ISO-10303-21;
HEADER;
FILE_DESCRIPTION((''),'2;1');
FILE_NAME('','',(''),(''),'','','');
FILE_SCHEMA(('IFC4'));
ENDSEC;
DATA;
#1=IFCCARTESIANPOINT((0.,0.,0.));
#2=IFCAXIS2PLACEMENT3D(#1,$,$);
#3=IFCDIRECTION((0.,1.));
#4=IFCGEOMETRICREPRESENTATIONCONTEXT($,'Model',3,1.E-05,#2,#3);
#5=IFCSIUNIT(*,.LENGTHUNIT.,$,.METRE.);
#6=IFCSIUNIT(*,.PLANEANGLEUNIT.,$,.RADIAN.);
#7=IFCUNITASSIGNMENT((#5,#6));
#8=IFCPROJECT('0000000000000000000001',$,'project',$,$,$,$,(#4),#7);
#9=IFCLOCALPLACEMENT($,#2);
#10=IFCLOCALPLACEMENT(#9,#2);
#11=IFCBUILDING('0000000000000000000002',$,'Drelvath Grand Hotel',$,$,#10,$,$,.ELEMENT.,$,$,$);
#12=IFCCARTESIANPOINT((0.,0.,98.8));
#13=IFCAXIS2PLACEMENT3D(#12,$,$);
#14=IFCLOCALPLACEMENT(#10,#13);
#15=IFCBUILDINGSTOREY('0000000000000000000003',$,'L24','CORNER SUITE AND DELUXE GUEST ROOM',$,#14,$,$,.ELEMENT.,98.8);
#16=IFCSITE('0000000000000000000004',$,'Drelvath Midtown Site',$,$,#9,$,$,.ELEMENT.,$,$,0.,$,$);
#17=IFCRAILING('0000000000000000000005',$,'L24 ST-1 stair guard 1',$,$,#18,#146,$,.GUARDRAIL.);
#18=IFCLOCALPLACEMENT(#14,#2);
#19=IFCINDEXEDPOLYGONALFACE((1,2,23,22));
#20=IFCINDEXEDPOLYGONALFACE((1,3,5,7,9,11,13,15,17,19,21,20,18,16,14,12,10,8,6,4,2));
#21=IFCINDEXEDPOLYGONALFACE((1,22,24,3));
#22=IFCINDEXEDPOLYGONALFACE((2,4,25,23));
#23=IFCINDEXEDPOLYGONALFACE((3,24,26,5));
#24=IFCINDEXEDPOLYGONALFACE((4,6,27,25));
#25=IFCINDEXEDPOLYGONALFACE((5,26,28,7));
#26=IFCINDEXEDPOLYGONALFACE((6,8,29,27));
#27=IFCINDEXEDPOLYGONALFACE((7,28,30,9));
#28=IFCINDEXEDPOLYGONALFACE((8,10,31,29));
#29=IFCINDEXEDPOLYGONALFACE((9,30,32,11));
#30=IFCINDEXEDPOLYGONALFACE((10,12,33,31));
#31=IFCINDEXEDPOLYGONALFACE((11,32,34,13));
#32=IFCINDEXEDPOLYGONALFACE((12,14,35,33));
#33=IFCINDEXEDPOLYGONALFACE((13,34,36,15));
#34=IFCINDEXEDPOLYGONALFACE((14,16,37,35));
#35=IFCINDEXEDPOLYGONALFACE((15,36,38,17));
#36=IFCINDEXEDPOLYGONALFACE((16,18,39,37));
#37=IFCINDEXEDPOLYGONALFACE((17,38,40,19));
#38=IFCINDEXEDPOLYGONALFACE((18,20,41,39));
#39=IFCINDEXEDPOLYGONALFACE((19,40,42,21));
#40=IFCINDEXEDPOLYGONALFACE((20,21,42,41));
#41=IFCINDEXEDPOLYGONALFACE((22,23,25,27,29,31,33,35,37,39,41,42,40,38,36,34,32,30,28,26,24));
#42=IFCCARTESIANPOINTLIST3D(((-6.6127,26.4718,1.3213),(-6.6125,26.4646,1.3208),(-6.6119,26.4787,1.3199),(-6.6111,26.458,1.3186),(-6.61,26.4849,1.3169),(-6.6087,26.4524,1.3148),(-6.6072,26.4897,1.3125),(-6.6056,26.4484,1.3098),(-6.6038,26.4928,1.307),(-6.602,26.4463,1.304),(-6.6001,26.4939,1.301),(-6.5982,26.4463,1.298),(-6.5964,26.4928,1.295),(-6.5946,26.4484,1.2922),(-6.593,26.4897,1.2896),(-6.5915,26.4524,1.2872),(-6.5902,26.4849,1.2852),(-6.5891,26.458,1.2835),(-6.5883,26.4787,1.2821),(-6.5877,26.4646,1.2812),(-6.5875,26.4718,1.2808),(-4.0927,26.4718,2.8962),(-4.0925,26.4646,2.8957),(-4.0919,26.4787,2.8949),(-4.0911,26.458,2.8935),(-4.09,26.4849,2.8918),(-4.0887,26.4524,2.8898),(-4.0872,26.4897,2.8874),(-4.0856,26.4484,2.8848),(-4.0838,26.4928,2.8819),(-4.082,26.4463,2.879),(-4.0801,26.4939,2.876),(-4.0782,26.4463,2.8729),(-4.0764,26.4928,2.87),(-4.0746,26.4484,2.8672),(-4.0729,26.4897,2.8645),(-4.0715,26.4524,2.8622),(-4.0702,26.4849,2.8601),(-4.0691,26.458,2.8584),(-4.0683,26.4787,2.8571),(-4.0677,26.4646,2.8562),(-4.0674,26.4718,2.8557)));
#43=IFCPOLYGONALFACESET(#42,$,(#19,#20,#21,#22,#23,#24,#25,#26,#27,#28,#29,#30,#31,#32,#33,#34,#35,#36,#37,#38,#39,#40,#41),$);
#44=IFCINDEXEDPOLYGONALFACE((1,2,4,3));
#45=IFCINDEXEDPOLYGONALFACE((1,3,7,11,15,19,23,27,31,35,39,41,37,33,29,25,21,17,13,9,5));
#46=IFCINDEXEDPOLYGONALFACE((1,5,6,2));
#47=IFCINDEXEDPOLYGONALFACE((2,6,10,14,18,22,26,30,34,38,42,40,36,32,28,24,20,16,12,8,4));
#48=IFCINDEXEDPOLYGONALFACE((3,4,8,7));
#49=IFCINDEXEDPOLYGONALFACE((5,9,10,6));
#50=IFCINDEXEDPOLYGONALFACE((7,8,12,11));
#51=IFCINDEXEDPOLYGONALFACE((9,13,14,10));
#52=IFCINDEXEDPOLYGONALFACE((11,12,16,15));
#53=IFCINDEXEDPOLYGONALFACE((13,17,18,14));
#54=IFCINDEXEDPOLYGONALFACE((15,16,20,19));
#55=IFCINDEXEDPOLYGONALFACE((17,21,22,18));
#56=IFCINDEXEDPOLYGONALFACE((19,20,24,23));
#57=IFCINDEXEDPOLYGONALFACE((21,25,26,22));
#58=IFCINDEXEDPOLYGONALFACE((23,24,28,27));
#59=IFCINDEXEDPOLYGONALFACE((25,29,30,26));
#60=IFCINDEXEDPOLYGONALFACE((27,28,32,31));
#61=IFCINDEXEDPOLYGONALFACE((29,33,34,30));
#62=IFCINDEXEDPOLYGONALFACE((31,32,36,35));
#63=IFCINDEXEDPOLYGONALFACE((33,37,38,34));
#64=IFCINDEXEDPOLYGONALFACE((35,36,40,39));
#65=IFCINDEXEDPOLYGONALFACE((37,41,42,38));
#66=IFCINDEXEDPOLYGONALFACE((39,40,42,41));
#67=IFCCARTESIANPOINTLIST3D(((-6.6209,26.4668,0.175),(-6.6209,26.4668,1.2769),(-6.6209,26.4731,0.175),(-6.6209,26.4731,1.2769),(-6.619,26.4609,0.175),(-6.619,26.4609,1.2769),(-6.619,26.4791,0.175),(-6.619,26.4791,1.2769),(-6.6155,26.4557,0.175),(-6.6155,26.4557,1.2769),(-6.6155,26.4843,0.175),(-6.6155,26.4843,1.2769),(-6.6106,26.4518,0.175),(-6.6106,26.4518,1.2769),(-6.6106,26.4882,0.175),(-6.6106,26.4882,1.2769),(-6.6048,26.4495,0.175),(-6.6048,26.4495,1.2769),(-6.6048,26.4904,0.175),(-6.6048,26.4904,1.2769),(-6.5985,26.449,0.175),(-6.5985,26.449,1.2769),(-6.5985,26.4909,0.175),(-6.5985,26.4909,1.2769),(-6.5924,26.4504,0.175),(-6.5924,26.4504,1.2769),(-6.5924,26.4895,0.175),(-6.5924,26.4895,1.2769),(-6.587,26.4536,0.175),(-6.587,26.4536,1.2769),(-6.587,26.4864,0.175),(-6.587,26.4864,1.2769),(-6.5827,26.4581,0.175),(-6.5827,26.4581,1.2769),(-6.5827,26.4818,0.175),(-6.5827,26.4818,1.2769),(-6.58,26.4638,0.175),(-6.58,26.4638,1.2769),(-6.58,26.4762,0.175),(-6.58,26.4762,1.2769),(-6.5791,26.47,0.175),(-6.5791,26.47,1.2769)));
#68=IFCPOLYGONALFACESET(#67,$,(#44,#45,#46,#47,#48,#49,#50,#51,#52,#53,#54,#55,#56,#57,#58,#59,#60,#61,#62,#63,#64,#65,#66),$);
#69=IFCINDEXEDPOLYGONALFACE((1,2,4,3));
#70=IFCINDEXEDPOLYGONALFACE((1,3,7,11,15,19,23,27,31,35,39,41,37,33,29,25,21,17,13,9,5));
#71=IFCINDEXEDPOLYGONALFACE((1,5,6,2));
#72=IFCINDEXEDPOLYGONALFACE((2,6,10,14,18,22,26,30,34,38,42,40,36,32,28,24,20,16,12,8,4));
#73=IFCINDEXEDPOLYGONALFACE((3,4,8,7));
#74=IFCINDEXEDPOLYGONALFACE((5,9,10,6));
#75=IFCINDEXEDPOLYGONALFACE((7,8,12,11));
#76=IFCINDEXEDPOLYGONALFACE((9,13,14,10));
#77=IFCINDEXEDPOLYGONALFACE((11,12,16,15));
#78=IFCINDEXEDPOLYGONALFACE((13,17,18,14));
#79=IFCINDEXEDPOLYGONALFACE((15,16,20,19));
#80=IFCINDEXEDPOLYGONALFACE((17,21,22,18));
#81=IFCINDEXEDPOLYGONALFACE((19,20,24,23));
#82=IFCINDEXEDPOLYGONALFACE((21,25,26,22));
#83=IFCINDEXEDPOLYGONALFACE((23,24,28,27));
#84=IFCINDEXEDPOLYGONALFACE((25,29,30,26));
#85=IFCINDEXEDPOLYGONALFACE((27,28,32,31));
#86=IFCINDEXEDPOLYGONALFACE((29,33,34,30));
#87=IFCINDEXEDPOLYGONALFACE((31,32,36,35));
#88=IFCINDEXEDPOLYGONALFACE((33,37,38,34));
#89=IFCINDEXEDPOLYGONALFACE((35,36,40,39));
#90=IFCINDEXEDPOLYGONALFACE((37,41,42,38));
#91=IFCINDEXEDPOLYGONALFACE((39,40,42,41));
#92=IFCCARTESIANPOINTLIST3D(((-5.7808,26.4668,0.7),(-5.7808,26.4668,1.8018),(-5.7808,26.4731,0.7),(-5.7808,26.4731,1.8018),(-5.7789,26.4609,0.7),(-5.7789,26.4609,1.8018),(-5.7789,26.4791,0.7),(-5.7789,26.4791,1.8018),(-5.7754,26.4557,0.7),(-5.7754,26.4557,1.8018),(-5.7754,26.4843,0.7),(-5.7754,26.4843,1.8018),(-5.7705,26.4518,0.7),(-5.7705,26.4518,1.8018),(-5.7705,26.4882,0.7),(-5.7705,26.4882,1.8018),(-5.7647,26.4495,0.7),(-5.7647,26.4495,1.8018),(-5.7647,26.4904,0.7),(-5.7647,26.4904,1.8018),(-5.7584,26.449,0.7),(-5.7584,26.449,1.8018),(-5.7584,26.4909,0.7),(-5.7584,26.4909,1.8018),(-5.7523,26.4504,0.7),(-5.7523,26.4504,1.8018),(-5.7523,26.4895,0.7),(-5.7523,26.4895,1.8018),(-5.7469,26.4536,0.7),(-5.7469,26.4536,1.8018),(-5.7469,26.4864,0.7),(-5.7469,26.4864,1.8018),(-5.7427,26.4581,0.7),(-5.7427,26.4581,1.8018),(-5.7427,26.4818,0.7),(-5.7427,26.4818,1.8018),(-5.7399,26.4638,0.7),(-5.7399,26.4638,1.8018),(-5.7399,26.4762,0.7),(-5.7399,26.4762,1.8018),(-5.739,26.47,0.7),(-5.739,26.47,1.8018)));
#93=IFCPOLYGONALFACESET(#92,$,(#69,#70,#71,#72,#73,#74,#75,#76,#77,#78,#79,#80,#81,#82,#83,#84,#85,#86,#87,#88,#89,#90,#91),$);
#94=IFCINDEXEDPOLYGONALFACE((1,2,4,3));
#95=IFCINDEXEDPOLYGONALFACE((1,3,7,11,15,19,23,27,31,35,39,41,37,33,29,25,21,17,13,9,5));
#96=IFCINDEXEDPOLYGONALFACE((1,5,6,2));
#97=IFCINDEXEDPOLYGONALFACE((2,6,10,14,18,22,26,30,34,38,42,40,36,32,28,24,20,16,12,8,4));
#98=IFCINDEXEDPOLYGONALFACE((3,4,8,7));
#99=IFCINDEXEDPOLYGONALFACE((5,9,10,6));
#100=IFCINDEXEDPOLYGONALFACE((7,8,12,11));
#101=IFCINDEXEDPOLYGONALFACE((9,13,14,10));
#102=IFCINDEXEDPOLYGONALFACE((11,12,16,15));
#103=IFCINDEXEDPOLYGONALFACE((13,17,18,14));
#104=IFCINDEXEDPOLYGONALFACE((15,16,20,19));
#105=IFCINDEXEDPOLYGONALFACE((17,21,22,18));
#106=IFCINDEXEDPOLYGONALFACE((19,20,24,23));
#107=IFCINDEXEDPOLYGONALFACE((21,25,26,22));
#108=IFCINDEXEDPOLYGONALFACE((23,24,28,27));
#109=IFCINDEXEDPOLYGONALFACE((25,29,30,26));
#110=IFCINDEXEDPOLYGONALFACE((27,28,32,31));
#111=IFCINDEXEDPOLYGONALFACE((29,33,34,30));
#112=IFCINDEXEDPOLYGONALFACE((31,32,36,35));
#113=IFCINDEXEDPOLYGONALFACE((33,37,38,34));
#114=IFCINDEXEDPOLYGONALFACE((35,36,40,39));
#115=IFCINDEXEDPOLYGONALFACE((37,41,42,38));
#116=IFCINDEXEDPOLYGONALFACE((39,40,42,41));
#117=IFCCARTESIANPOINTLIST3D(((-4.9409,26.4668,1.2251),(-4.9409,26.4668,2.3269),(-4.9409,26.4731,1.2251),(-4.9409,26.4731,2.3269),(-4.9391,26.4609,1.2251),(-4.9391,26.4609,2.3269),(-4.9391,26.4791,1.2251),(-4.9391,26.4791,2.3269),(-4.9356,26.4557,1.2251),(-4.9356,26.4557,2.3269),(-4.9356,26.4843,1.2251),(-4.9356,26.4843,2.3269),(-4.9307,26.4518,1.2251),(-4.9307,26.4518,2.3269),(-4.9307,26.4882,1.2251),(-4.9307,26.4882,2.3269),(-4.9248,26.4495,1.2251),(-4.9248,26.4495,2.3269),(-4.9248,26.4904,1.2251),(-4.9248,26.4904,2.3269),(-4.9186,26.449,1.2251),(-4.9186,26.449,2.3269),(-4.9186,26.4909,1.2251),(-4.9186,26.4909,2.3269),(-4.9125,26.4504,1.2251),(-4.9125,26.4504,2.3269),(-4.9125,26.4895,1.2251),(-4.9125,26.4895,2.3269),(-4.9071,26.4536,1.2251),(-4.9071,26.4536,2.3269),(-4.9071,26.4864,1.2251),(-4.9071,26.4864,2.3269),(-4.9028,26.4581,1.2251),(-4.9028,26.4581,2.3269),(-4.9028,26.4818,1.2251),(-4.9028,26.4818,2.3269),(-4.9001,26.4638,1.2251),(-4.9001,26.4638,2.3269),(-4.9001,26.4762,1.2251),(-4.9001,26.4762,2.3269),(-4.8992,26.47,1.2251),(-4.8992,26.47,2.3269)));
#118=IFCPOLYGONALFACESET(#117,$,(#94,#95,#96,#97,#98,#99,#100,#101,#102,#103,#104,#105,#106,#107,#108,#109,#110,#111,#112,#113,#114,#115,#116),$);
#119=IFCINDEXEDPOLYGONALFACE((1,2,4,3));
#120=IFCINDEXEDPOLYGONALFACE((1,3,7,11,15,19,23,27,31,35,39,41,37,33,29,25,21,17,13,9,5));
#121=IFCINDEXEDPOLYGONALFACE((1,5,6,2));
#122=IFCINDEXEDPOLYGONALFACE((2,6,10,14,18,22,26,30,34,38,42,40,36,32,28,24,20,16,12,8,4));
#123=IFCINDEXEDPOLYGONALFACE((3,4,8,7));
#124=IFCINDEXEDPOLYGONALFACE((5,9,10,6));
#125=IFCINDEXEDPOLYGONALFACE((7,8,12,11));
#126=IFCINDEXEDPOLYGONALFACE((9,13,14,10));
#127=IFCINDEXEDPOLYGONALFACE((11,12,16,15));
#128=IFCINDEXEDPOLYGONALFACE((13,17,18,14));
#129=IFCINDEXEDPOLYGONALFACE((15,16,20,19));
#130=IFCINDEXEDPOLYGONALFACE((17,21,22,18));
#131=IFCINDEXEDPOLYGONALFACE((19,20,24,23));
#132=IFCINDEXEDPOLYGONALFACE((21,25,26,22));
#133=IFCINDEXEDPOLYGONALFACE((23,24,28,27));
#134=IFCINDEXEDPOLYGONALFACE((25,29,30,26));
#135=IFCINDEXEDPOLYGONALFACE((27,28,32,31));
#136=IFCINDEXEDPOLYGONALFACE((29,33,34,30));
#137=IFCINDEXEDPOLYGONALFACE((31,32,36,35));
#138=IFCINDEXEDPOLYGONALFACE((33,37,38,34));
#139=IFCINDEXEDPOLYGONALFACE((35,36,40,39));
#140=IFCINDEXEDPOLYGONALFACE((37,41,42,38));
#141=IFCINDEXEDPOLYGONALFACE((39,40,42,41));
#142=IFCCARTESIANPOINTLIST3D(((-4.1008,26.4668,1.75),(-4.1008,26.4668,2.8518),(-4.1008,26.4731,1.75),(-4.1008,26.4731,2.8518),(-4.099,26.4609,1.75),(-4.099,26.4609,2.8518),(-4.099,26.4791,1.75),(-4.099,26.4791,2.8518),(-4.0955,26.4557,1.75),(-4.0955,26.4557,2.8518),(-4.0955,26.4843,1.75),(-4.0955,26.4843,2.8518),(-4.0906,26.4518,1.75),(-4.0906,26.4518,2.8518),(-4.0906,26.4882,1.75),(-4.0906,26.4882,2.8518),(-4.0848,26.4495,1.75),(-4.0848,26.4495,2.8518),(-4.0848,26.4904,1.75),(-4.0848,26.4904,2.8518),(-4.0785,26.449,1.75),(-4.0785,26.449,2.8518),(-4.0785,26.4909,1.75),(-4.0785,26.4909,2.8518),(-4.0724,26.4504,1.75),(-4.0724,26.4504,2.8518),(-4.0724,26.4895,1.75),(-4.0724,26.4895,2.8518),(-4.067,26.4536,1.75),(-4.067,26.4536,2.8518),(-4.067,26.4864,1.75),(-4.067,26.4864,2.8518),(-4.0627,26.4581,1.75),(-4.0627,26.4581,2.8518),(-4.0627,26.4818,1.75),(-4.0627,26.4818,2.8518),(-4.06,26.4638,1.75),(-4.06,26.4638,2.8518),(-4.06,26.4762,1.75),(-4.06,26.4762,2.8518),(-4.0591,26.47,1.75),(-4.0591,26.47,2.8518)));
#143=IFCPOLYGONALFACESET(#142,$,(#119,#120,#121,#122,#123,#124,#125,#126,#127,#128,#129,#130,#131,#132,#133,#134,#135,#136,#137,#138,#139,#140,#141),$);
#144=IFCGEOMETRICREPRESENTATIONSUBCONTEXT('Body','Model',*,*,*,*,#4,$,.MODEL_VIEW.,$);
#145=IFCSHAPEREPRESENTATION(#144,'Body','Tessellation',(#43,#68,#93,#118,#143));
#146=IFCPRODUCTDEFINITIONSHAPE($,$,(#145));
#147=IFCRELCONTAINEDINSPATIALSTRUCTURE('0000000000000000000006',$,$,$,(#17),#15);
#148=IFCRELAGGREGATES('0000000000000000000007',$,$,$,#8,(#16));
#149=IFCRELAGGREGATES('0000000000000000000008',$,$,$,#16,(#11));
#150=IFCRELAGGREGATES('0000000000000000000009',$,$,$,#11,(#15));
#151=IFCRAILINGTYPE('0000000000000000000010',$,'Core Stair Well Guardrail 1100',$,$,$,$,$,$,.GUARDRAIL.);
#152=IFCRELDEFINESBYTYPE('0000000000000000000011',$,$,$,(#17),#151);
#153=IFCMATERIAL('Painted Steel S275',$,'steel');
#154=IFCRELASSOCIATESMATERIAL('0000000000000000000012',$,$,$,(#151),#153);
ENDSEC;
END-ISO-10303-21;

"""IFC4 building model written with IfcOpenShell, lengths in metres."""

from ifc_helpers import new_model, si_unit, direction, frame, origin, origin_2d, place, context, subcontext, project, spatial, circle, extrude, material, type_object, element, save


model = new_model("IFC4")

# Units and contexts
model_context = context("Model", 3, precision=1e-05, world=origin(), true_north=direction((0.0, 1.0)))
body_context = subcontext(model_context, "Body", "Model", "MODEL_VIEW")
ifc_project = project(units=[si_unit("LENGTHUNIT", "METRE"), si_unit("PLANEANGLEUNIT", "RADIAN")], contexts=[model_context])

# Site, building, storey
site_placement = place(None, origin())
site = spatial("IfcSite", under=ifc_project, at=site_placement, Name="Drelvath Midtown Site", CompositionType="ELEMENT", RefElevation=0.0)
building_placement = place(site_placement, origin())
building = spatial("IfcBuilding", under=site, at=building_placement, Name="Drelvath Grand Hotel", CompositionType="ELEMENT")
storey_placement = place(building_placement, frame((0.0, 0.0, 98.8)))
storey = spatial("IfcBuildingStorey", under=building, at=storey_placement, Name="L24", Description="CORNER SUITE AND DELUXE GUEST ROOM", CompositionType="ELEMENT", Elevation=98.8)

# Shared definitions
ifc_material_1 = material(Name="Painted Steel S275", Category="steel")

# Railing
railing_type_1 = type_object("IfcRailingType", Name="Core Stair Well Guardrail 1100", PredefinedType="GUARDRAIL", material=ifc_material_1)
railing_1_placement = place(storey_placement, frame((-6.6001, 26.47, 0.175)))
element("IfcRailing", 1, at=railing_1_placement, inside=storey, type_object=railing_type_1, Name="L24 ST-1 stair guard 1", PredefinedType="GUARDRAIL", context=body_context, shape_type="SweptSolid", body=[
    extrude(circle(Radius=0.0239, at=origin_2d()), frame((0.0, 0.0, 1.126), z_axis=(0.848008, 0.0, 0.529984), x_axis=(0.0, 1.0, 0.0)), (0.0, 0.0, 1.0), 2.9717),
    extrude(circle(Radius=0.021, at=origin_2d()), origin(), (0.0, 0.0, 1.0), 1.1018),
    extrude(circle(Radius=0.021, at=origin_2d()), frame((0.8401, 0.0, 0.5249)), (0.0, 0.0, 1.0), 1.1018),
    extrude(circle(Radius=0.021, at=origin_2d()), frame((1.6799, 0.0, 1.05)), (0.0, 0.0, 1.0), 1.1018),
    extrude(circle(Radius=0.021, at=origin_2d()), frame((2.52, 0.0, 1.575)), (0.0, 0.0, 1.0), 1.1018),
])

save(model, "model.ifc")
